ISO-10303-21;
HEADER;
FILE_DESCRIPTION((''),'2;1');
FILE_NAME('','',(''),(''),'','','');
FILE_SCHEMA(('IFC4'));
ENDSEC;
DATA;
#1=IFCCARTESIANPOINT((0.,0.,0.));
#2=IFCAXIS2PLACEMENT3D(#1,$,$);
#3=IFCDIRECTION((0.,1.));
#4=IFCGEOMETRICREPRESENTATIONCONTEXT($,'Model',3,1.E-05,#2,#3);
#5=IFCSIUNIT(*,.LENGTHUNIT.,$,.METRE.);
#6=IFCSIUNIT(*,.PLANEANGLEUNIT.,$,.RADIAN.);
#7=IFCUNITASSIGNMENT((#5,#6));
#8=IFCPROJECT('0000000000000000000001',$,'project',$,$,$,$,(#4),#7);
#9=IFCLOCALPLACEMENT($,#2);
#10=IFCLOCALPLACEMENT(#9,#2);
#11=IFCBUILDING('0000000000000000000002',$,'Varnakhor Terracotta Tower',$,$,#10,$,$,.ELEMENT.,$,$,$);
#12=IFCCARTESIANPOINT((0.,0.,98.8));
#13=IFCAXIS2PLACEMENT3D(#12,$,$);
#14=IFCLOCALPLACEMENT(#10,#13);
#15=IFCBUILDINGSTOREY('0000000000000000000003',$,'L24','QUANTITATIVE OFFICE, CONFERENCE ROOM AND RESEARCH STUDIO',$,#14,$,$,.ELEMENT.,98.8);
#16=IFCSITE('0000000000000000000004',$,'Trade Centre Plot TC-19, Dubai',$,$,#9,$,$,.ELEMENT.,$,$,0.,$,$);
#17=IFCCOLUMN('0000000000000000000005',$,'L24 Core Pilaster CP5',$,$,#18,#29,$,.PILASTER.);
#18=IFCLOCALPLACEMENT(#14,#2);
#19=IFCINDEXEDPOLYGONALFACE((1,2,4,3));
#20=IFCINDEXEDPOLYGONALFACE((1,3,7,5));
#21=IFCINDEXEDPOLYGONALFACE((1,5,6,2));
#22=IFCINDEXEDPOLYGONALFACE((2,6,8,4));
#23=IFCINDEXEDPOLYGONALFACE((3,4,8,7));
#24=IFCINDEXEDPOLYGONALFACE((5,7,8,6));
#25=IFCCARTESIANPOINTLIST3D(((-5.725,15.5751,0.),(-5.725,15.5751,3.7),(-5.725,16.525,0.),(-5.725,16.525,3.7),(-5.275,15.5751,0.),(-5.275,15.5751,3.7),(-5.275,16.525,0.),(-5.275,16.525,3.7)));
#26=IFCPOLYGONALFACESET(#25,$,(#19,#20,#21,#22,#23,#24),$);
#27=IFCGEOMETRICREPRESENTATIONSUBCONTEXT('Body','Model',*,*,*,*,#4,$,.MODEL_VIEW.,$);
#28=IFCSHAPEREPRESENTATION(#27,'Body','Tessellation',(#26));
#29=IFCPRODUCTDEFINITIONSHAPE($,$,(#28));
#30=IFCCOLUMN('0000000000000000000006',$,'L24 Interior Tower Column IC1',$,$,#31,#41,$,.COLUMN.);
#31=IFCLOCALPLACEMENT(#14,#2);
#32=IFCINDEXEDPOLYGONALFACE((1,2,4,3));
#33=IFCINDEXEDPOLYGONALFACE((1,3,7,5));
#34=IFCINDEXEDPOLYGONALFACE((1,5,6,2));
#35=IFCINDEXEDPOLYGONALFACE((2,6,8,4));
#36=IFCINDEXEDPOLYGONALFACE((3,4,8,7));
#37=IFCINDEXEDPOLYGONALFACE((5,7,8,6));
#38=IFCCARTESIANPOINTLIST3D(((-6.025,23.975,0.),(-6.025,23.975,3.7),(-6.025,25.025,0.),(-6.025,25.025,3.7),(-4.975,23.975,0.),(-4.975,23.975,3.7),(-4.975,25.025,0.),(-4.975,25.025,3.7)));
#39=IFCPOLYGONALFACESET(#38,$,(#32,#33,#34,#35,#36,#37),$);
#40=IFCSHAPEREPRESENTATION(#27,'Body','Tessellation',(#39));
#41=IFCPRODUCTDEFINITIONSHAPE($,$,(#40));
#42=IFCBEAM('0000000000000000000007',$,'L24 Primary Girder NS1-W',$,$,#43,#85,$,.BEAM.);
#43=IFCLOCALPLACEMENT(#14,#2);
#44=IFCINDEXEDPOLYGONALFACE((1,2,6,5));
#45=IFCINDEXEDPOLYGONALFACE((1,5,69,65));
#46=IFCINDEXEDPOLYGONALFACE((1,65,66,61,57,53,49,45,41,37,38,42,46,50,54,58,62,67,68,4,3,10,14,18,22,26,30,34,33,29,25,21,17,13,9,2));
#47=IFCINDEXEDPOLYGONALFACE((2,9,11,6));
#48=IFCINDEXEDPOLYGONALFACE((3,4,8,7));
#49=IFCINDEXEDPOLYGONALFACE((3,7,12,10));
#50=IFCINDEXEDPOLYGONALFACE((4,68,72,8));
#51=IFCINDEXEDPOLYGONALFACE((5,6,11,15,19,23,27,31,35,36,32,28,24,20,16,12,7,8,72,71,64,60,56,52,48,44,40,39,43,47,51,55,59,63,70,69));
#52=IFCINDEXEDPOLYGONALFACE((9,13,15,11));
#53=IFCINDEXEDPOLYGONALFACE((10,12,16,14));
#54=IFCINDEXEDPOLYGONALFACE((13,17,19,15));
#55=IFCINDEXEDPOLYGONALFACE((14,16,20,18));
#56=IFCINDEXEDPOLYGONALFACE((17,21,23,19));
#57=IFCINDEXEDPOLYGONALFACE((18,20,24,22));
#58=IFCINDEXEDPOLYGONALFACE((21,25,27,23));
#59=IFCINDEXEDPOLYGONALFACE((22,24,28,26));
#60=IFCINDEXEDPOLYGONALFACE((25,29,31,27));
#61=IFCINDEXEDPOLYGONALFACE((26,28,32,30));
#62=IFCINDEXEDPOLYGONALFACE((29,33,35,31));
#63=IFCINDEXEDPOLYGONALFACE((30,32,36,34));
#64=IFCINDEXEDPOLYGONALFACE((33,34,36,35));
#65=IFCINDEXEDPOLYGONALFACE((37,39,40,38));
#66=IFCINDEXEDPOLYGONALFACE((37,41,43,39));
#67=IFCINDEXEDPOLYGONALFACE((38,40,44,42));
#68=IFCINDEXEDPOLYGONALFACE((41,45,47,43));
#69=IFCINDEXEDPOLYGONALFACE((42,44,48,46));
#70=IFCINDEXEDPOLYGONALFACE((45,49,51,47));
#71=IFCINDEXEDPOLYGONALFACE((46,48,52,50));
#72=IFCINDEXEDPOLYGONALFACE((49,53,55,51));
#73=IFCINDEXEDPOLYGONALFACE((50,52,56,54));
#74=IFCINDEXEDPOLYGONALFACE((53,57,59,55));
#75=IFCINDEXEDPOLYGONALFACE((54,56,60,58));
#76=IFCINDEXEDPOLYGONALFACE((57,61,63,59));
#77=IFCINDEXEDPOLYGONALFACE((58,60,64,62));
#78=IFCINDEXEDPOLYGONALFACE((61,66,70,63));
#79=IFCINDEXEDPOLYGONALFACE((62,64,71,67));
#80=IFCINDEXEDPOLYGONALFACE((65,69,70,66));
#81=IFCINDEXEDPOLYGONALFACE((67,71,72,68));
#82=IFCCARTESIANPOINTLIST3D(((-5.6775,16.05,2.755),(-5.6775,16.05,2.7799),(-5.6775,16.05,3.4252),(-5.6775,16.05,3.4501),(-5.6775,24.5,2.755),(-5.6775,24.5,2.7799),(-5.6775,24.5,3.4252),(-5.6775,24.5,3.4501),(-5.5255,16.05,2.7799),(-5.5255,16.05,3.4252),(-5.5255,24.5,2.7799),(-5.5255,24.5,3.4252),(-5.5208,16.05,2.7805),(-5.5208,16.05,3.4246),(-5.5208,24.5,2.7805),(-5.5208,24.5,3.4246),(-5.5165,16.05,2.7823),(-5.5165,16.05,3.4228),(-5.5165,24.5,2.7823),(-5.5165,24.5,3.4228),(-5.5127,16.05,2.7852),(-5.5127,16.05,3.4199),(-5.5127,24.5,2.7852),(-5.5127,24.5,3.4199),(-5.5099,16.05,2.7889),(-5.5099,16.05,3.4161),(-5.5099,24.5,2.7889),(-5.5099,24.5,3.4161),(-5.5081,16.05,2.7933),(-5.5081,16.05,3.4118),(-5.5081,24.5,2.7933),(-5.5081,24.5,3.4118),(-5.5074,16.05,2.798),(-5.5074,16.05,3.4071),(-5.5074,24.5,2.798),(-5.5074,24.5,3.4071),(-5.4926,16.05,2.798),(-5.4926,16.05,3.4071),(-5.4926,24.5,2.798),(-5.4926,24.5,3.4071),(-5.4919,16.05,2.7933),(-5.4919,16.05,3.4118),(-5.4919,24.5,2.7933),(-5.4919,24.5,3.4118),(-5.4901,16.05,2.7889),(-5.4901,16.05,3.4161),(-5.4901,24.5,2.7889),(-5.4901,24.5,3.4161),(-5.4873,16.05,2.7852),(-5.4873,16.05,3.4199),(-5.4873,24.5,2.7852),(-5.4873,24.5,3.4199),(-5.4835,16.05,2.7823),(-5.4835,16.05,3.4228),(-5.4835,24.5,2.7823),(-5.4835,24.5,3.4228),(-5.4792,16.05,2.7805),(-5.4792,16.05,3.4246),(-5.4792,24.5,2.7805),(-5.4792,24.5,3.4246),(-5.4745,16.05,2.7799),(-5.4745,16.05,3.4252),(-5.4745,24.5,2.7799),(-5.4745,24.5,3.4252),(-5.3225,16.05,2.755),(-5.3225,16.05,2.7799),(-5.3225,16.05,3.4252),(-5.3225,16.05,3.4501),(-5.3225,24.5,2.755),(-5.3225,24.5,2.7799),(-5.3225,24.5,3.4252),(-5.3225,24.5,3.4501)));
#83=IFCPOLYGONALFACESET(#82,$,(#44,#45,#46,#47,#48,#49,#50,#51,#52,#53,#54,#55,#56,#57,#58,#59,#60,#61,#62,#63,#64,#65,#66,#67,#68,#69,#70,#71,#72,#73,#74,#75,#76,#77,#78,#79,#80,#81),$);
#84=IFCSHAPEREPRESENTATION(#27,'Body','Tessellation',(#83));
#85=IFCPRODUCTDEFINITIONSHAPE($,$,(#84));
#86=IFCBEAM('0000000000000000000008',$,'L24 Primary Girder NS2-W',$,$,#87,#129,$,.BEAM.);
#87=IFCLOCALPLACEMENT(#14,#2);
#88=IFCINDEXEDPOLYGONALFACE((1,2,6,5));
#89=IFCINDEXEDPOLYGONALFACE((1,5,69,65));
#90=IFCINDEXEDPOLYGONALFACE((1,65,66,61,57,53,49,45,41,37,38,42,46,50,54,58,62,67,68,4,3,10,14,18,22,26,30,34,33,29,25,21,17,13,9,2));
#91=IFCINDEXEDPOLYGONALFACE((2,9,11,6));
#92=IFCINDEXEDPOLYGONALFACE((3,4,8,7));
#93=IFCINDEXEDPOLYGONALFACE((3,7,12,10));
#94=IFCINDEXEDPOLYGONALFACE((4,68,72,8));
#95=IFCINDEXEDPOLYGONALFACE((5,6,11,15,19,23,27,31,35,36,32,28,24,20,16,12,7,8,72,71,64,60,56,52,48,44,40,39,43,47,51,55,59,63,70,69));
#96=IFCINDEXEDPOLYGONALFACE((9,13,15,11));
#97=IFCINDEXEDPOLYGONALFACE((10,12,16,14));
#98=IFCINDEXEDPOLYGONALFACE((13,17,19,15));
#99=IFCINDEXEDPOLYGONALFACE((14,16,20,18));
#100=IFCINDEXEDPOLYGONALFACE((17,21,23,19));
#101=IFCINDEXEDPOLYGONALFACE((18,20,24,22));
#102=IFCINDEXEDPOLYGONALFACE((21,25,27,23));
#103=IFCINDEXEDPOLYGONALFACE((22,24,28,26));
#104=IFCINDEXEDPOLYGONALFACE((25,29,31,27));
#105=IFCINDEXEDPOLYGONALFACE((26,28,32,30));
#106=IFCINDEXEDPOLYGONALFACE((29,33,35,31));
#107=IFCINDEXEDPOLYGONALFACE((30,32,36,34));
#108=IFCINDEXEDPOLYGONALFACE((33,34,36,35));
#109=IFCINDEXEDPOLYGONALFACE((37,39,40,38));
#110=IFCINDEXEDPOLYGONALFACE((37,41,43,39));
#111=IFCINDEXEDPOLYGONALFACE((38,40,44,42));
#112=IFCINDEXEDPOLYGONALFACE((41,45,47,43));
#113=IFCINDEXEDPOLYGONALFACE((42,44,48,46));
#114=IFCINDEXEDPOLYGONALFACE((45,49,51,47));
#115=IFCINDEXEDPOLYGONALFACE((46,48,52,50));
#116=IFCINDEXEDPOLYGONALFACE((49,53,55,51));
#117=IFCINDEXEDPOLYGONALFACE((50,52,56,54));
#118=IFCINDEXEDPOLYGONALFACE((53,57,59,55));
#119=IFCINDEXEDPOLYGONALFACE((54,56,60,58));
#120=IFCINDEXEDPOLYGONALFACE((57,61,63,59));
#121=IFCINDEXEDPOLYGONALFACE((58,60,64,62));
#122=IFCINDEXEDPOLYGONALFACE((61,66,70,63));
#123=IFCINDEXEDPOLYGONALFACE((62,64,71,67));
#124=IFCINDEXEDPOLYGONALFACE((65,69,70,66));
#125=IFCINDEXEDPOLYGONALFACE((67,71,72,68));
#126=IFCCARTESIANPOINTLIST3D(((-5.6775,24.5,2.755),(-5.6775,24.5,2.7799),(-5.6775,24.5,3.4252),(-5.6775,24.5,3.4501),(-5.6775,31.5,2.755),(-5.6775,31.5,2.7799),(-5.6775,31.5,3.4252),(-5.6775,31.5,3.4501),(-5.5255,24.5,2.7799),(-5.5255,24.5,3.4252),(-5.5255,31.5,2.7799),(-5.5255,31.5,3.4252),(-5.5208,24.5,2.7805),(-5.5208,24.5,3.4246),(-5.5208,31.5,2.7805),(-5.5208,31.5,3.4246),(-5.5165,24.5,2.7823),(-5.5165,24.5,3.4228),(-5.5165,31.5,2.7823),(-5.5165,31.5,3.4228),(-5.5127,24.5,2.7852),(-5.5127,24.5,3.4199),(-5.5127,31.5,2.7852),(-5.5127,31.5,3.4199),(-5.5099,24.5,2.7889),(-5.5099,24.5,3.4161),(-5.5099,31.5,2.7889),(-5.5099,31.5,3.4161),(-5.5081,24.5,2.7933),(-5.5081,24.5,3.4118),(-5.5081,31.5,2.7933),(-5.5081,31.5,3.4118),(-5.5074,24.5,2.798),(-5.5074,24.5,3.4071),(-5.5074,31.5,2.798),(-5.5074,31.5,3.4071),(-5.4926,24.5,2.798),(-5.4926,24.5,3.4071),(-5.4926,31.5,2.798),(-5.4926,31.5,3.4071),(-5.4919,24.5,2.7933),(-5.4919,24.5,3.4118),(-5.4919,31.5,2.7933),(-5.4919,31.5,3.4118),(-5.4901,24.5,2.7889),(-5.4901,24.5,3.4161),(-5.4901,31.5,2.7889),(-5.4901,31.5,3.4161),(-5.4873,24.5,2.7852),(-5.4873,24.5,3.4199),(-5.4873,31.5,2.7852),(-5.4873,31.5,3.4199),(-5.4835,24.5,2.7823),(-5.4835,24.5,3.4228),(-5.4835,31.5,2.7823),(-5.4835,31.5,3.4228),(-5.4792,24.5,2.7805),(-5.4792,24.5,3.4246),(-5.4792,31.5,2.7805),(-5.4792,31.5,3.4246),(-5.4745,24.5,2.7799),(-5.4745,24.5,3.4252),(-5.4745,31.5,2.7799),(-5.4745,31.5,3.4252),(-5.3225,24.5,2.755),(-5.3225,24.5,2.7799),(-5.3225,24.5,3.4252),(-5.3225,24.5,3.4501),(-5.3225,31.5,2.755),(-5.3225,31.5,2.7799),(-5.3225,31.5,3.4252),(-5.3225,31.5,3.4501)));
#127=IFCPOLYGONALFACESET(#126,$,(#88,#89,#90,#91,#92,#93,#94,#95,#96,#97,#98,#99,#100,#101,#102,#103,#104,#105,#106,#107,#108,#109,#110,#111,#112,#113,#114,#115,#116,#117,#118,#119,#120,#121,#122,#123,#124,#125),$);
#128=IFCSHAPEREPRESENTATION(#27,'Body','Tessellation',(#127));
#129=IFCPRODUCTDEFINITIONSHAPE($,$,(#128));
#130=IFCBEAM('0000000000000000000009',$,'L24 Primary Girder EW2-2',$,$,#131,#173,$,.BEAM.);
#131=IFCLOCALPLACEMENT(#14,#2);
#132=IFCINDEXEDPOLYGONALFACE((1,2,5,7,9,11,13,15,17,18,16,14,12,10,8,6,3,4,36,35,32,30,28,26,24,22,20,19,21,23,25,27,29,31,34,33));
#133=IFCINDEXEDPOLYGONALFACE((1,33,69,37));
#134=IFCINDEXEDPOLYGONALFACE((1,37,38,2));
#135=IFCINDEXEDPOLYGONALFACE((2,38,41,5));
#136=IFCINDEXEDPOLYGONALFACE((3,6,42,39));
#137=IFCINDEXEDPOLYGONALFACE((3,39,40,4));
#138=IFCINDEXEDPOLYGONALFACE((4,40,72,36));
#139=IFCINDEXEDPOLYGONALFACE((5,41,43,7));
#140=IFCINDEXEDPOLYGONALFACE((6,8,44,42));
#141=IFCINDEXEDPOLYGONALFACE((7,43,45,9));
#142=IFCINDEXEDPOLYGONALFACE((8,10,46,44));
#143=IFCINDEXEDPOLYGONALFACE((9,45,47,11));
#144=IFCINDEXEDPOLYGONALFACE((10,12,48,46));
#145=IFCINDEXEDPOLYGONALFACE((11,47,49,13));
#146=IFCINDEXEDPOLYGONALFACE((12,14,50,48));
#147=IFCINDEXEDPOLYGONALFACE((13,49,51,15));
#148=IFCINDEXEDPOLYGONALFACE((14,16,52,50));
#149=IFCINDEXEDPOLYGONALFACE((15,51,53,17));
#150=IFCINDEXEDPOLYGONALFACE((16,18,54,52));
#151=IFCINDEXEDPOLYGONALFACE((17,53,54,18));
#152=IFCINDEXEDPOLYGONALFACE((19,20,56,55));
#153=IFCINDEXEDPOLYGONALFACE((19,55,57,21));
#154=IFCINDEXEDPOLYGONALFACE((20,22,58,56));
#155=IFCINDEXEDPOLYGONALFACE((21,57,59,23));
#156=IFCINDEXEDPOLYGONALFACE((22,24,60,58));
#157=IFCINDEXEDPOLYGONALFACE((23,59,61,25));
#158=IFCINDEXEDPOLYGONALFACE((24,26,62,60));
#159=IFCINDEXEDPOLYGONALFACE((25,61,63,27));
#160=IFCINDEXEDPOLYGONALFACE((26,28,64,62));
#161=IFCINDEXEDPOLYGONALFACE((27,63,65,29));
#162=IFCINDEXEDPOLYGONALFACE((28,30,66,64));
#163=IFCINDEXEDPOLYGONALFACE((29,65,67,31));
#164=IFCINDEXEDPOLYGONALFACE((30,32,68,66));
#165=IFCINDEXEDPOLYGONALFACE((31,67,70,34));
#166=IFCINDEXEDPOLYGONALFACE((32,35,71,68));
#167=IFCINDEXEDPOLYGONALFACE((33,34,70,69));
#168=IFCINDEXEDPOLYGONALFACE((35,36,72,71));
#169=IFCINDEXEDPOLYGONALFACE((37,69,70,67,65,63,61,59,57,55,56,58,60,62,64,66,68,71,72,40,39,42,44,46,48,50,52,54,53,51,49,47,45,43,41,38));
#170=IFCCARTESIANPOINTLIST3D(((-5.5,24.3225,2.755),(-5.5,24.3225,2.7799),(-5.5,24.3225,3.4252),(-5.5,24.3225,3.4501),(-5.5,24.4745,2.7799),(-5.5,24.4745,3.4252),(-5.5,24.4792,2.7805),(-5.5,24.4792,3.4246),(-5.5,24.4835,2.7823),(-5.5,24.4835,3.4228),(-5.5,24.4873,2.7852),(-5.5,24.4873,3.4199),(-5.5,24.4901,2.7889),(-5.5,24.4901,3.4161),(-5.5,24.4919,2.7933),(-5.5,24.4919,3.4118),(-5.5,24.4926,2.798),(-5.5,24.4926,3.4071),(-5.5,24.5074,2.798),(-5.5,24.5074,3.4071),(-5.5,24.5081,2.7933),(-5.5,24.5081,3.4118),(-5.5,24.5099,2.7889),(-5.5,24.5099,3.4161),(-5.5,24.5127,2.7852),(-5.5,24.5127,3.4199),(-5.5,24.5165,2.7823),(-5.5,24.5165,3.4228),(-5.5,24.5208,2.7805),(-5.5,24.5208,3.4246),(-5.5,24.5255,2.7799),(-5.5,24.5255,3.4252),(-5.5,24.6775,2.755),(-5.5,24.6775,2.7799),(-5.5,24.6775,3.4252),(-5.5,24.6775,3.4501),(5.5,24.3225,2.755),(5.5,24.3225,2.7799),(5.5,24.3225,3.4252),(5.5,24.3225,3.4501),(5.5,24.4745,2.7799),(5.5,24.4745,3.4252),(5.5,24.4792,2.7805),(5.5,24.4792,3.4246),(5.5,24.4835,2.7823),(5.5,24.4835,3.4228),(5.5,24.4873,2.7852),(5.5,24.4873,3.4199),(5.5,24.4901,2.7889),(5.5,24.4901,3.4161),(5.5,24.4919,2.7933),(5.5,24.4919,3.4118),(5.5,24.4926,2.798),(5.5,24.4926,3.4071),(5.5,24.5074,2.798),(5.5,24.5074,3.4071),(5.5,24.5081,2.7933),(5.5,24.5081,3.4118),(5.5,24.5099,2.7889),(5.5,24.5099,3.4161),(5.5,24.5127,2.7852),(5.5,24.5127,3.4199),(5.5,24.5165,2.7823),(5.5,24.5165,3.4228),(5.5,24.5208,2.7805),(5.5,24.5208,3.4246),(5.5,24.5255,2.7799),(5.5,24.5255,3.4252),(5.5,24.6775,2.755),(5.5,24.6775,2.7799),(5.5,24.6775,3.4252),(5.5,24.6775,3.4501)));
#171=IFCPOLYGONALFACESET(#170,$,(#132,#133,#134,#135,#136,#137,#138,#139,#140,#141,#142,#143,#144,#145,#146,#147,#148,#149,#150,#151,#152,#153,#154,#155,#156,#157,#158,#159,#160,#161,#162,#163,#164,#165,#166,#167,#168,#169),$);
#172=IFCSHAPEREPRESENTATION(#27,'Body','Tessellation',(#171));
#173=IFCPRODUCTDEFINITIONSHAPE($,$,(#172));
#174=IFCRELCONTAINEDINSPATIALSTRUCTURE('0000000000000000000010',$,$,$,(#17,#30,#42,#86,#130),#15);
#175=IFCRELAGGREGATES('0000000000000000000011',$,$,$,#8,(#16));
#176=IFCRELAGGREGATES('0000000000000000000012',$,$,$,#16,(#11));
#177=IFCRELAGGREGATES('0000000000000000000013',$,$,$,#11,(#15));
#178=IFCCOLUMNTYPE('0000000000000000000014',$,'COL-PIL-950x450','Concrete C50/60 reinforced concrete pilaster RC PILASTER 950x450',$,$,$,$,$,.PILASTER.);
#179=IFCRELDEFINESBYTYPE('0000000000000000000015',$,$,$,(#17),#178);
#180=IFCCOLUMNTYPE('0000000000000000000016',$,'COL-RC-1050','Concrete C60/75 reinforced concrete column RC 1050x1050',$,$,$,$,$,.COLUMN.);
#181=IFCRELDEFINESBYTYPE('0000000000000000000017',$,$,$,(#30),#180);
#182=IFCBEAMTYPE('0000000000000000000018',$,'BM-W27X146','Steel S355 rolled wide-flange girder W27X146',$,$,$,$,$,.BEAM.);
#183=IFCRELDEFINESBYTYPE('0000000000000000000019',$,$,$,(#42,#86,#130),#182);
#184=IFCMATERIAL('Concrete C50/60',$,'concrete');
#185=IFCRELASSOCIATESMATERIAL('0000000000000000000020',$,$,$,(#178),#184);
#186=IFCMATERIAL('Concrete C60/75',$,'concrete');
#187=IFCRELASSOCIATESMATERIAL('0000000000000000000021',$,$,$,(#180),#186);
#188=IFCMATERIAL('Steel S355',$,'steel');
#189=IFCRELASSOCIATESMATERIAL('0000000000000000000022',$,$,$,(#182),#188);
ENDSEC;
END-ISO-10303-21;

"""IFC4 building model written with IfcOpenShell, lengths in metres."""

from ifc_helpers import new_model, si_unit, direction, frame, origin, origin_2d, place, context, subcontext, project, spatial, rectangle, i_section, extrude, source, transform, mapped, material, material_profile, profile_set, type_object, type_shapes, element, save


model = new_model("IFC4")

# Units and contexts
model_context = context("Model", 3, precision=1e-05, world=origin(), true_north=direction((0.0, 1.0)))
body_context = subcontext(model_context, "Body", "Model", "MODEL_VIEW")
ifc_project = project(units=[si_unit("LENGTHUNIT", "METRE"), si_unit("PLANEANGLEUNIT", "RADIAN")], contexts=[model_context])

# Site, building, storey
site_placement = place(None, origin())
site = spatial("IfcSite", under=ifc_project, at=site_placement, Name="Trade Centre Plot TC-19, Dubai", CompositionType="ELEMENT", RefElevation=0.0)
building_placement = place(site_placement, origin())
building = spatial("IfcBuilding", under=site, at=building_placement, Name="Varnakhor Terracotta Tower", CompositionType="ELEMENT")
storey_placement = place(building_placement, frame((0.0, 0.0, 98.8)))
storey = spatial("IfcBuildingStorey", under=building, at=storey_placement, Name="L24", Description="QUANTITATIVE OFFICE, CONFERENCE ROOM AND RESEARCH STUDIO", CompositionType="ELEMENT", Elevation=98.8)

# Columns
ifc_material_1 = material(Name="Concrete C50/60", Category="concrete")
ifc_material_profile_1 = material_profile(ifc_material_1, rectangle(XDim=0.45, YDim=0.95, at=origin_2d()), Name="RC PILASTER 950x450")
ifc_profile_set_1 = profile_set([ifc_material_profile_1], Name="Concrete C50/60")
column_type_1 = type_object("IfcColumnType", Name="COL-PIL-950x450", Description="Concrete C50/60 reinforced concrete pilaster RC PILASTER 950x450", PredefinedType="PILASTER", material=ifc_profile_set_1)
shared_shape_1 = source(origin(), body_context, "Body", "SweptSolid", [
    extrude(rectangle(XDim=0.45, YDim=0.95, at=origin_2d()), origin(), (0.0, 0.0, 1.0), 3.7),
])
column_1_placement = place(storey_placement, frame((-5.5, 16.05, 0.0), z_axis=(0.0, 0.0, 1.0), x_axis=(1.0, 0.0, 0.0)))
element("IfcColumn", 1, at=column_1_placement, inside=storey, type_object=column_type_1, Name="L24 Core Pilaster CP5", PredefinedType="PILASTER", context=body_context, shape_type="MappedRepresentation", body=[
    mapped(shared_shape_1, transform((0.0, 0.0, 0.0), scale=1.0)),
])
ifc_material_2 = material(Name="Concrete C60/75", Category="concrete")
ifc_material_profile_2 = material_profile(ifc_material_2, rectangle(XDim=1.05, YDim=1.05, at=origin_2d()), Name="RC 1050x1050")
ifc_profile_set_2 = profile_set([ifc_material_profile_2], Name="Concrete C60/75")
column_type_2 = type_object("IfcColumnType", Name="COL-RC-1050", Description="Concrete C60/75 reinforced concrete column RC 1050x1050", PredefinedType="COLUMN", material=ifc_profile_set_2)
shared_shape_2 = source(origin(), body_context, "Body", "SweptSolid", [
    extrude(rectangle(XDim=1.05, YDim=1.05, at=origin_2d()), origin(), (0.0, 0.0, 1.0), 3.7),
])
column_2_placement = place(storey_placement, frame((-5.5, 24.5, 0.0), z_axis=(0.0, 0.0, 1.0), x_axis=(1.0, 0.0, 0.0)))
element("IfcColumn", 2, at=column_2_placement, inside=storey, type_object=column_type_2, Name="L24 Interior Tower Column IC1", PredefinedType="COLUMN", context=body_context, shape_type="MappedRepresentation", body=[
    mapped(shared_shape_2, transform((0.0, 0.0, 0.0), scale=1.0)),
])

# Beams
ifc_material_3 = material(Name="Steel S355", Category="steel")
ifc_material_profile_3 = material_profile(ifc_material_3, i_section(OverallWidth=0.355, OverallDepth=0.6951, WebThickness=0.0149, FlangeThickness=0.0249, FilletRadius=0.0181, at=origin_2d()), Name="W27X146")
ifc_profile_set_3 = profile_set([ifc_material_profile_3], Name="Steel S355")
beam_type_1 = type_object("IfcBeamType", Name="BM-W27X146", Description="Steel S355 rolled wide-flange girder W27X146", PredefinedType="BEAM", material=ifc_profile_set_3)
shared_shape_3 = source(origin(), body_context, "Body", "SweptSolid", [
    extrude(i_section(OverallWidth=0.355, OverallDepth=0.6951, WebThickness=0.0149, FlangeThickness=0.0249, FilletRadius=0.0181, at=origin_2d()), origin(), (0.0, 0.0, 1.0), 8.45),
])
type_shapes(beam_type_1, [shared_shape_3])
beam_1_placement = place(storey_placement, frame((-5.5, 16.05, 3.1025), z_axis=(0.0, 1.0, 0.0), x_axis=(-1.0, 0.0, 0.0)))
element("IfcBeam", 3, at=beam_1_placement, inside=storey, type_object=beam_type_1, Name="L24 Primary Girder NS1-W", PredefinedType="BEAM", context=body_context, shape_type="MappedRepresentation", body=[
    mapped(shared_shape_3, transform((0.0, 0.0, 0.0), scale=1.0)),
])
shared_shape_4 = source(origin(), body_context, "Body", "SweptSolid", [
    extrude(i_section(OverallWidth=0.355, OverallDepth=0.6951, WebThickness=0.0149, FlangeThickness=0.0249, FilletRadius=0.0181, at=origin_2d()), origin(), (0.0, 0.0, 1.0), 7.0),
])
beam_2_placement = place(storey_placement, frame((-5.5, 24.5, 3.1025), z_axis=(0.0, 1.0, 0.0), x_axis=(-1.0, 0.0, 0.0)))
element("IfcBeam", 4, at=beam_2_placement, inside=storey, type_object=beam_type_1, Name="L24 Primary Girder NS2-W", PredefinedType="BEAM", context=body_context, shape_type="MappedRepresentation", body=[
    mapped(shared_shape_4, transform((0.0, 0.0, 0.0), scale=1.0)),
])
shared_shape_5 = source(origin(), body_context, "Body", "SweptSolid", [
    extrude(i_section(OverallWidth=0.355, OverallDepth=0.6951, WebThickness=0.0149, FlangeThickness=0.0249, FilletRadius=0.0181, at=origin_2d()), origin(), (0.0, 0.0, 1.0), 11.0),
])
beam_3_placement = place(storey_placement, frame((-5.5, 24.5, 3.1025), z_axis=(1.0, 0.0, 0.0), x_axis=(0.0, 1.0, 0.0)))
element("IfcBeam", 5, at=beam_3_placement, inside=storey, type_object=beam_type_1, Name="L24 Primary Girder EW2-2", PredefinedType="BEAM", context=body_context, shape_type="MappedRepresentation", body=[
    mapped(shared_shape_5, transform((0.0, 0.0, 0.0), scale=1.0)),
])

save(model, "model.ifc")
